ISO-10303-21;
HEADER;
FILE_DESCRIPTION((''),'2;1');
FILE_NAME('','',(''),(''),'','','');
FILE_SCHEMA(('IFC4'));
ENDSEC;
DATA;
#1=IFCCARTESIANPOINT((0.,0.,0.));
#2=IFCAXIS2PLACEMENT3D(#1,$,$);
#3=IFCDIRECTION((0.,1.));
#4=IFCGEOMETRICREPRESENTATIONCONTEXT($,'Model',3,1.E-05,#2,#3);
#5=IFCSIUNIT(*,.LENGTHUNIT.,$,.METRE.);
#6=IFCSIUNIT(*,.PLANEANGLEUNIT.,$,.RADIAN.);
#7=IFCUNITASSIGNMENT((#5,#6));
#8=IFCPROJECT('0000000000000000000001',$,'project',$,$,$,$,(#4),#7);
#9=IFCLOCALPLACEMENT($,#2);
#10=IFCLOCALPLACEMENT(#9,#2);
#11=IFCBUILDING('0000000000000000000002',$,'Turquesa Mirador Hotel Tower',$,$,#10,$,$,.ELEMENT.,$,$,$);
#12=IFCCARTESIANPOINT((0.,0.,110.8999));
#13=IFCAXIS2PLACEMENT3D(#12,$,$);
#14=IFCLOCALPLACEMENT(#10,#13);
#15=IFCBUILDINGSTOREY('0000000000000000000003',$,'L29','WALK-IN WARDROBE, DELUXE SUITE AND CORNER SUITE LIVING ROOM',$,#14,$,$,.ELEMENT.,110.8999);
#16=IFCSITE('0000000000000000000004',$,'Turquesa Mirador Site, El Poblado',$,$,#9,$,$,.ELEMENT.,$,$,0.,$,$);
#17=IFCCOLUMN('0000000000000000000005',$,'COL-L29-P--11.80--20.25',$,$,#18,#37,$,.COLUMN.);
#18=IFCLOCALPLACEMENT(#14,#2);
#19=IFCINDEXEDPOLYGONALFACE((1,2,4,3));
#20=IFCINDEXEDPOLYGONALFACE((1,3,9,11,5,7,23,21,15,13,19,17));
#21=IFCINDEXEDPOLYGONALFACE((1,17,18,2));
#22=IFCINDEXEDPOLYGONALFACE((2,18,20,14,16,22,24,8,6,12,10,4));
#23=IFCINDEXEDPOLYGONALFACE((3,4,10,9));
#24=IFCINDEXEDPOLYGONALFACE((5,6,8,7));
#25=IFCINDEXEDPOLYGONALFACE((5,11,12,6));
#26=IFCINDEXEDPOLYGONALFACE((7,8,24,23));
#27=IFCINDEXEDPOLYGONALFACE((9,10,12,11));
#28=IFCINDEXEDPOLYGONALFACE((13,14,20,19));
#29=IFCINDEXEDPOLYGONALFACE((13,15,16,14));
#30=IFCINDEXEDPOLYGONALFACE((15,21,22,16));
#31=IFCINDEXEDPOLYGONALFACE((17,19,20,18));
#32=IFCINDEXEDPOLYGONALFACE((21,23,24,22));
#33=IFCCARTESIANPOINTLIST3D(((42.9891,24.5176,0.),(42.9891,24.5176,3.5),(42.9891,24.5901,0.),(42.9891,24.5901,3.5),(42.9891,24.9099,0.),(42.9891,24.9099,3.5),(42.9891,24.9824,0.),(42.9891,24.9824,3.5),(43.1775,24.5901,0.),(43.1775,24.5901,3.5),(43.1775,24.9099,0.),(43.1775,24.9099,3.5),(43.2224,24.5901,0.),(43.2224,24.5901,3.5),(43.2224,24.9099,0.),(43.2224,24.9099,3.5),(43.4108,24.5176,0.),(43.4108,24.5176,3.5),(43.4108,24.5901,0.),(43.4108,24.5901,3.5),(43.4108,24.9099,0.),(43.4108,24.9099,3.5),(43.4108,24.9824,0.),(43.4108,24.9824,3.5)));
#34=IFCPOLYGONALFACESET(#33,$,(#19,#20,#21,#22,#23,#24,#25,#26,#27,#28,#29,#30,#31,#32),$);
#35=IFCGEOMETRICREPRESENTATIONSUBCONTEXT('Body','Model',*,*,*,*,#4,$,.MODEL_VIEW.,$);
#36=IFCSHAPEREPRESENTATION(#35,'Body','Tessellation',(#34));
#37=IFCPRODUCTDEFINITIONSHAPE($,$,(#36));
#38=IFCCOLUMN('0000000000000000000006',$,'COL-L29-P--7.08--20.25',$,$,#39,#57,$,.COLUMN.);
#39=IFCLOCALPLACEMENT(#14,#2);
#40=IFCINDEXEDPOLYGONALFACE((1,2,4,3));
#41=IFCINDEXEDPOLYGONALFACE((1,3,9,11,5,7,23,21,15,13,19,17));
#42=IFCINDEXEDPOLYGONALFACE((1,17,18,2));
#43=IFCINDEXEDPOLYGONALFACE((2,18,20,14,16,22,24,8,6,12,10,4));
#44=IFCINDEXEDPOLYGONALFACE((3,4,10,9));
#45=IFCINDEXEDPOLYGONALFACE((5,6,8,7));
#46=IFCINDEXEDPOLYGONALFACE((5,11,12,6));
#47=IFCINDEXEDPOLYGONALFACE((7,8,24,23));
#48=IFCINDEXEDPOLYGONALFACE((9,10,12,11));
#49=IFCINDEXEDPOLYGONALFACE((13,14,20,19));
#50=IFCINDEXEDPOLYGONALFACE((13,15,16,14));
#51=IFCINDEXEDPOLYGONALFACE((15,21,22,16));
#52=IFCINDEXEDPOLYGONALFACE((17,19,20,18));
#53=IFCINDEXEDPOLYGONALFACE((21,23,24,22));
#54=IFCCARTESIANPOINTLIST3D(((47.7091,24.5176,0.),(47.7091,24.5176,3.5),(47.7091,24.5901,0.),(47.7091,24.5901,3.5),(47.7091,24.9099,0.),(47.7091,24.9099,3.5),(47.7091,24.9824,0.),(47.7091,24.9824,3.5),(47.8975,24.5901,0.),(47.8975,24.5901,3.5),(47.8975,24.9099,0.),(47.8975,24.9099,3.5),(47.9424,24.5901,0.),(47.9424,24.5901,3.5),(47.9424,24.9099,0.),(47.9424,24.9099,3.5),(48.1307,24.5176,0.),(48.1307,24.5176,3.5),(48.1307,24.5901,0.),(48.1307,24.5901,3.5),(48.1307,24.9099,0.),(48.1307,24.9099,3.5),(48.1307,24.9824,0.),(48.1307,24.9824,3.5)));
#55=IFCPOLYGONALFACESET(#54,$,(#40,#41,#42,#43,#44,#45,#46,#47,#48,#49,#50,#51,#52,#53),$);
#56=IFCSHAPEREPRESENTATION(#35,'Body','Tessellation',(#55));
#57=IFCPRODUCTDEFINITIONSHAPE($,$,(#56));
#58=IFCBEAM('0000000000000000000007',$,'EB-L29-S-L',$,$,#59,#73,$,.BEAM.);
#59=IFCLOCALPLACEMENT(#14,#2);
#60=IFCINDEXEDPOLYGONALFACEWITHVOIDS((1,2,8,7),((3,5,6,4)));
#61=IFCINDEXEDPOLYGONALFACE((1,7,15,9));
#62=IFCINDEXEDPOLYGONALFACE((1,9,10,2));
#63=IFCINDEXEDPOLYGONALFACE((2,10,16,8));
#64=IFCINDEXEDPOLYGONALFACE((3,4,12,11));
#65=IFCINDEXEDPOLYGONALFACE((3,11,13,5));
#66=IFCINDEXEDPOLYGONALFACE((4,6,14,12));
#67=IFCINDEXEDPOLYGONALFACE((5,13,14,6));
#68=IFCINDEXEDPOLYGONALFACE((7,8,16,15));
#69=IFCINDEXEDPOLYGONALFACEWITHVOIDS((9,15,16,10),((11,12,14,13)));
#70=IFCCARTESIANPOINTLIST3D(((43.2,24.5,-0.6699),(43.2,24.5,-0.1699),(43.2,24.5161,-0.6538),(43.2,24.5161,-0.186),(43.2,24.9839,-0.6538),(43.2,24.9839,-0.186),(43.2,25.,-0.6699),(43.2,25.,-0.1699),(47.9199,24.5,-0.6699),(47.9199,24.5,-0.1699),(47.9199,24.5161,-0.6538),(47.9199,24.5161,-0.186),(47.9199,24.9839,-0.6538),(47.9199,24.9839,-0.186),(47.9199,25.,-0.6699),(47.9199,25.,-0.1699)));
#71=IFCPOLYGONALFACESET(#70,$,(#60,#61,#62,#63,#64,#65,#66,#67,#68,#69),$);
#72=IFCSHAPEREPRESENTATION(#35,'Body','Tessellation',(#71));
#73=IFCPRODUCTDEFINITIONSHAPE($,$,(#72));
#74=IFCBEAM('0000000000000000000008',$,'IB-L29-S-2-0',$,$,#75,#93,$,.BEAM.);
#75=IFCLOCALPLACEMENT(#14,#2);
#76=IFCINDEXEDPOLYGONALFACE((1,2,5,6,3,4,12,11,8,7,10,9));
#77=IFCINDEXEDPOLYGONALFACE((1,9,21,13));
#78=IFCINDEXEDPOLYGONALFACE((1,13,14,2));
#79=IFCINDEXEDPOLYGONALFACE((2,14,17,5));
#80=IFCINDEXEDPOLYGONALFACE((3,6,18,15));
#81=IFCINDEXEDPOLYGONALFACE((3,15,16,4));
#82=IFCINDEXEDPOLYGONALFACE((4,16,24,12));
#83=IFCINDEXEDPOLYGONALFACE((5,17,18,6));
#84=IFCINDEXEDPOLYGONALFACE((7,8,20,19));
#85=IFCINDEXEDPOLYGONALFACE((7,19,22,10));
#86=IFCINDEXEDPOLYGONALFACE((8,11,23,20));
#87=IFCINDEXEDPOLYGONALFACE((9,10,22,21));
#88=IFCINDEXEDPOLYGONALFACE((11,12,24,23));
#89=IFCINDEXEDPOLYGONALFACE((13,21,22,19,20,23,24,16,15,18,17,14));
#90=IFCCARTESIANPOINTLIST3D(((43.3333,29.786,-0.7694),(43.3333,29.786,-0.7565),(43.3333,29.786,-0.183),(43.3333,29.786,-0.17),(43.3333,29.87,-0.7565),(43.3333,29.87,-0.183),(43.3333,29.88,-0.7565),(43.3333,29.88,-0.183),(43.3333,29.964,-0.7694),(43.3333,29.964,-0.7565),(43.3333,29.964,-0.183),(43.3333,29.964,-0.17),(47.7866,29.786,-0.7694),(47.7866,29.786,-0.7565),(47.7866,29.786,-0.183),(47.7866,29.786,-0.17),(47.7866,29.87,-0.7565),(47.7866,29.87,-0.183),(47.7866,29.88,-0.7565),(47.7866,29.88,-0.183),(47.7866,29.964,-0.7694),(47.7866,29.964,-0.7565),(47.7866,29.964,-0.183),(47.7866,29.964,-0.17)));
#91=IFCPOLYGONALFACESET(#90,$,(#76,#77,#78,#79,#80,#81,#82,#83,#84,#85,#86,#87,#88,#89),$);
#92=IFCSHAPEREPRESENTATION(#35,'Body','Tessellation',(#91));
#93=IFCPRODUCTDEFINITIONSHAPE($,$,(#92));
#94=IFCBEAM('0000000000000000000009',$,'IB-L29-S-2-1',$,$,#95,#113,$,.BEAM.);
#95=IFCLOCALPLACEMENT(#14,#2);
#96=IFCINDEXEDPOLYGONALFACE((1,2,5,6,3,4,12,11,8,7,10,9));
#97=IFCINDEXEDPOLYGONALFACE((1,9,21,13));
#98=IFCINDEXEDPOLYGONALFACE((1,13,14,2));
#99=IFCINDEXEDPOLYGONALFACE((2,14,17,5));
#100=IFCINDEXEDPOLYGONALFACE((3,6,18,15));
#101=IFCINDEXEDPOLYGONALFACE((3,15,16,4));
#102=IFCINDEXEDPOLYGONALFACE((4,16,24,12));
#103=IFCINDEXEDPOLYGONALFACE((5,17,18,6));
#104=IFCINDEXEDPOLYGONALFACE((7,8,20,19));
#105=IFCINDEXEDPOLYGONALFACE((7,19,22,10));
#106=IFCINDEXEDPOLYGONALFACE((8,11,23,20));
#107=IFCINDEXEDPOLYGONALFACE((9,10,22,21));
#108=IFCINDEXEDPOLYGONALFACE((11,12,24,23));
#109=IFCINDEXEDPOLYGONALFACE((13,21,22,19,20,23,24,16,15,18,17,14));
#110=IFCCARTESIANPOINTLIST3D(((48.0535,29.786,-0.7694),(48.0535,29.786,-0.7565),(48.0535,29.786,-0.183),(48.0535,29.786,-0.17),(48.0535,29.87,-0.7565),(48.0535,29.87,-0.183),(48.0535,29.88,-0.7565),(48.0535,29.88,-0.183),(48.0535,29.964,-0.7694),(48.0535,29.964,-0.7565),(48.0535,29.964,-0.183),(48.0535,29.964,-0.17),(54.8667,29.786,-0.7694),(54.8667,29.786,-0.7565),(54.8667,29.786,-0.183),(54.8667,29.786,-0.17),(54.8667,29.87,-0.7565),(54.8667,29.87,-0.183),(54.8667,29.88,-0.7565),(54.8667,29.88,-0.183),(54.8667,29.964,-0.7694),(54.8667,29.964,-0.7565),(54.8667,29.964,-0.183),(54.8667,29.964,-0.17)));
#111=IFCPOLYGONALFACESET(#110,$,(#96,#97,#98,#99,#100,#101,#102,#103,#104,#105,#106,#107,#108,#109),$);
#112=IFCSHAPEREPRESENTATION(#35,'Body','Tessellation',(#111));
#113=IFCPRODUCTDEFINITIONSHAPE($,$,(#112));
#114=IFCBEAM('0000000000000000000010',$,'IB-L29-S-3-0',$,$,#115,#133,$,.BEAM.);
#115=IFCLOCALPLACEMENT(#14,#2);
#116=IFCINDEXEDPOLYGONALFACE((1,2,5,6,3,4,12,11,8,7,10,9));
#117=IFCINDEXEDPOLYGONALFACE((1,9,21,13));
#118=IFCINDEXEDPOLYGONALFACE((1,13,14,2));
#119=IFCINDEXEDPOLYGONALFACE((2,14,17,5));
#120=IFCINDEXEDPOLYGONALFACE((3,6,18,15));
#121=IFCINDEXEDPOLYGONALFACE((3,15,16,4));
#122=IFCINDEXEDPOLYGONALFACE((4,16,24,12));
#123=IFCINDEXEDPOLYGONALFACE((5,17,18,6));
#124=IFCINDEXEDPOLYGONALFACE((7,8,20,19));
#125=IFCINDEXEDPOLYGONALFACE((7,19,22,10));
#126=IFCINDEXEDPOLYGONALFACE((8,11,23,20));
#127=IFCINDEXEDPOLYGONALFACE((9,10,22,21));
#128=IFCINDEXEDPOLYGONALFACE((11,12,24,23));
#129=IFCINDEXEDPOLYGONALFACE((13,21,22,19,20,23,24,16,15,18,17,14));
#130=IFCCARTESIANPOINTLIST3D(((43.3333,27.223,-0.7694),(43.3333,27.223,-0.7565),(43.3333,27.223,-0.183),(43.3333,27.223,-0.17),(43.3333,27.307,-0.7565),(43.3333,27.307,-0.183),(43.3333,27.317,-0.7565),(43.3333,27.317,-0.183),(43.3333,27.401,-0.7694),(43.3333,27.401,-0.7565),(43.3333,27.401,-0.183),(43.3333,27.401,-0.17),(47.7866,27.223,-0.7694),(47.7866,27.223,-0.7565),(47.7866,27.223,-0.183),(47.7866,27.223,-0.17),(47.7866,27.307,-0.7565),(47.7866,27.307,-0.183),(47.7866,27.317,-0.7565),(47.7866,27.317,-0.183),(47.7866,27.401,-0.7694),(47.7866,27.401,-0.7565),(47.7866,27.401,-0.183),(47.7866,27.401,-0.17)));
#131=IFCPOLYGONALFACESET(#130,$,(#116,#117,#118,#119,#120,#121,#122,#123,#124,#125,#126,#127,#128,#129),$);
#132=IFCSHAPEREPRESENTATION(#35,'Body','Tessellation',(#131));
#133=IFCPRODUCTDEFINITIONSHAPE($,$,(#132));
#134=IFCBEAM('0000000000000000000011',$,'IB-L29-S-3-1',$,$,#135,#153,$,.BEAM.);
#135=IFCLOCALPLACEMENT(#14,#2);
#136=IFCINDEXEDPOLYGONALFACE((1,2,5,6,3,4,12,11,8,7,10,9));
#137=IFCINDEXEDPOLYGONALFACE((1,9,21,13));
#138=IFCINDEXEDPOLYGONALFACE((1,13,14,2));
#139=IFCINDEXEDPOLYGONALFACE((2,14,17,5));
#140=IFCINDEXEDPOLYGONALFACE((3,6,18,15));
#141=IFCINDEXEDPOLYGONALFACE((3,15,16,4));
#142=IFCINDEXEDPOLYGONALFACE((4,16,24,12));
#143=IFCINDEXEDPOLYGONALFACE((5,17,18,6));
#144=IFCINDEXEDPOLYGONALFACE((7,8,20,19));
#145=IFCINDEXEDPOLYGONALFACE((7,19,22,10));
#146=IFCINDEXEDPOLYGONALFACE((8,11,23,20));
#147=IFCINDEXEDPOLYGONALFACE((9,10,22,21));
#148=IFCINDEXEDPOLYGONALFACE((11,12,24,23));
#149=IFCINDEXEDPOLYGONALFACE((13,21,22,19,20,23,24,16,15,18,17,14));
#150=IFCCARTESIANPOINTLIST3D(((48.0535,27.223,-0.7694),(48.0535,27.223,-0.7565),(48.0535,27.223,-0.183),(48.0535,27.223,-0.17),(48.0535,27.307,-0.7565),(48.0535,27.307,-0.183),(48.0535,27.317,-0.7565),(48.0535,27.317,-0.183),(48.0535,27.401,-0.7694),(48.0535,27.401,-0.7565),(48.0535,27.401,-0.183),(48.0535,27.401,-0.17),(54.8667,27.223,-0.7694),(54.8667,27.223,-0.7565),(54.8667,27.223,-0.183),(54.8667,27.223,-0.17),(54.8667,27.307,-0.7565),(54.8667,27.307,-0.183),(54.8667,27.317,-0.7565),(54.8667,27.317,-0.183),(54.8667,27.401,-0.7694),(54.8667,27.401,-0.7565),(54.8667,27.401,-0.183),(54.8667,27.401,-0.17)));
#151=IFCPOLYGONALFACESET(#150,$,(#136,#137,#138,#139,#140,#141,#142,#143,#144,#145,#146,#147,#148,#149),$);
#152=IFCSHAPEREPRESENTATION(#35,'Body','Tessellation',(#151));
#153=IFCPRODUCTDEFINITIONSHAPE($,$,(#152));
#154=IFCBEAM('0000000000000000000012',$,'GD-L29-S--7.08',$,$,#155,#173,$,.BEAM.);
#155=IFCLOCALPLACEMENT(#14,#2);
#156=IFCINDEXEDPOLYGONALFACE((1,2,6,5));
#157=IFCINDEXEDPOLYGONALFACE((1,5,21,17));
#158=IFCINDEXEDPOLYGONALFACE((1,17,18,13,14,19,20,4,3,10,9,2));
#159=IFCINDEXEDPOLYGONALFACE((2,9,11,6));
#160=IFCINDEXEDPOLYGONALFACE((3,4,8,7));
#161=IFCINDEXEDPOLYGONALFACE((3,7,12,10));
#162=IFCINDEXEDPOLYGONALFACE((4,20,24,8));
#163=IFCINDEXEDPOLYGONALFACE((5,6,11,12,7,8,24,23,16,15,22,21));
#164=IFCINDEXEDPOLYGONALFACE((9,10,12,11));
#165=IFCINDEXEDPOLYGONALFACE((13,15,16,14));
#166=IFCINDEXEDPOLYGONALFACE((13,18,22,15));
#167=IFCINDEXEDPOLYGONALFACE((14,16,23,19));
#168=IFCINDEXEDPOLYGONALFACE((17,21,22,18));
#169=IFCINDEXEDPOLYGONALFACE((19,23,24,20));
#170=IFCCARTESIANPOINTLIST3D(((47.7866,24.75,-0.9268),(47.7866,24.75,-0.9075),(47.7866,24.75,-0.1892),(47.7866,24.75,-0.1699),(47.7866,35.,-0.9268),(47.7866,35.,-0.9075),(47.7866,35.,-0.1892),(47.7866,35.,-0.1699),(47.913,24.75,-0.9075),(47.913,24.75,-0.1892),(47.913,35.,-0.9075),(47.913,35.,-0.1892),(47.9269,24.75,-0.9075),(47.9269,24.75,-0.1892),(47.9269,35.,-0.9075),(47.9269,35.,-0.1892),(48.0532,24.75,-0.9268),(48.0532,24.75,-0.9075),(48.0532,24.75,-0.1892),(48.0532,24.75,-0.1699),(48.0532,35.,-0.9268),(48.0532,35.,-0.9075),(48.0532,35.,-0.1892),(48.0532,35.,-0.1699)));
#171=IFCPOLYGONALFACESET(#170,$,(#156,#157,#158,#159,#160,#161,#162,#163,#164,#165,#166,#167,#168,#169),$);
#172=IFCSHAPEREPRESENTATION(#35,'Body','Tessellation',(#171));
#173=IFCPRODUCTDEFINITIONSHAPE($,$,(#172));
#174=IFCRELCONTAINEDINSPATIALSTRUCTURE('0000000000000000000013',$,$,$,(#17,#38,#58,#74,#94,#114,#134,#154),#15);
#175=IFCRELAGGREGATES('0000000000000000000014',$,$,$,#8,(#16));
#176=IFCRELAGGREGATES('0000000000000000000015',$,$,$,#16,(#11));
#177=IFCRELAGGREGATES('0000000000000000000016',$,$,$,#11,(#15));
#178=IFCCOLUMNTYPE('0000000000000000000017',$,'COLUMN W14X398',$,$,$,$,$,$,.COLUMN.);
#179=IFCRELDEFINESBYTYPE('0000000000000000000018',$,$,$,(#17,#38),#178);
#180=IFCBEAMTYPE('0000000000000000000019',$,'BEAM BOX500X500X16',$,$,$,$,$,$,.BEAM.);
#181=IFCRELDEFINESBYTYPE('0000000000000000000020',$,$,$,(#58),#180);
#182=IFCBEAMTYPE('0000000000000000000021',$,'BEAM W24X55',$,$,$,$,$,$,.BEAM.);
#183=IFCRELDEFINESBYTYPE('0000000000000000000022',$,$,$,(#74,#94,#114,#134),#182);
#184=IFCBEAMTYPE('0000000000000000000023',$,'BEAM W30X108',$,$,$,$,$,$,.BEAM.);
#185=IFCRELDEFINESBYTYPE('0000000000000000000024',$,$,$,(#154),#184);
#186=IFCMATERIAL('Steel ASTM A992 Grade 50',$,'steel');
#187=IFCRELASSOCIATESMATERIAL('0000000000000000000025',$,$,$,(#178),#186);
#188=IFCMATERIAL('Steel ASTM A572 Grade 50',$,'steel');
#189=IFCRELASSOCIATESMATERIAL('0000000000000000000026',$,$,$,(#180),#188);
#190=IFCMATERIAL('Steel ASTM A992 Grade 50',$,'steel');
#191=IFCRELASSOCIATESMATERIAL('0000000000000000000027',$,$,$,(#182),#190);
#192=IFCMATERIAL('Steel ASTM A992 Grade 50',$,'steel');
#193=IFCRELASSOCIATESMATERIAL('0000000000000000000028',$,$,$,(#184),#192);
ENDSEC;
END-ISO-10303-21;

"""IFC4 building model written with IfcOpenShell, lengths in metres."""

from ifc_helpers import new_model, si_unit, direction, frame, origin, origin_2d, place, context, subcontext, project, spatial, hollow_rectangle, i_section, extrude, material, material_profile, profile_set, type_object, element, save


model = new_model("IFC4")

# Units and contexts
model_context = context("Model", 3, precision=1e-05, world=origin(), true_north=direction((0.0, 1.0)))
body_context = subcontext(model_context, "Body", "Model", "MODEL_VIEW")
ifc_project = project(units=[si_unit("LENGTHUNIT", "METRE"), si_unit("PLANEANGLEUNIT", "RADIAN")], contexts=[model_context])

# Site, building, storey
site_placement = place(None, origin())
site = spatial("IfcSite", under=ifc_project, at=site_placement, Name="Turquesa Mirador Site, El Poblado", CompositionType="ELEMENT", RefElevation=0.0)
building_placement = place(site_placement, origin())
building = spatial("IfcBuilding", under=site, at=building_placement, Name="Turquesa Mirador Hotel Tower", CompositionType="ELEMENT")
storey_placement = place(building_placement, frame((0.0, 0.0, 110.8999)))
storey = spatial("IfcBuildingStorey", under=building, at=storey_placement, Name="L29", Description="WALK-IN WARDROBE, DELUXE SUITE AND CORNER SUITE LIVING ROOM", CompositionType="ELEMENT", Elevation=110.8999)

# Columns
ifc_material_1 = material(Name="Steel ASTM A992 Grade 50", Category="steel")
ifc_material_profile_1 = material_profile(ifc_material_1, i_section(OverallWidth=0.4216, OverallDepth=0.4648, WebThickness=0.0449, FlangeThickness=0.0725, at=origin_2d()), Name="W14X398")
ifc_profile_set_1 = profile_set([ifc_material_profile_1], Name="Steel ASTM A992 Grade 50")
column_type = type_object("IfcColumnType", Name="COLUMN W14X398", PredefinedType="COLUMN", material=ifc_profile_set_1)
for number, where, z_axis, x_axis, name in (
    (1, (43.2, 24.75, 0.0), (0.0, 0.0, 1.0), (1.0, 0.0, 0.0), "COL-L29-P--11.80--20.25"),
    (2, (47.9199, 24.75, 0.0), (0.0, 0.0, 1.0), (1.0, 0.0, 0.0), "COL-L29-P--7.08--20.25"),
):
    element("IfcColumn", number, at=place(storey_placement, frame(where, z_axis=z_axis, x_axis=x_axis)), inside=storey, type_object=column_type, Name=name, PredefinedType="COLUMN", context=body_context, shape_type="SweptSolid", body=[
        extrude(i_section(OverallWidth=0.4216, OverallDepth=0.4648, WebThickness=0.0449, FlangeThickness=0.0725, at=origin_2d()), origin(), (0.0, 0.0, 1.0), 3.5),
    ])

# Beams
ifc_material_2 = material(Name="Steel ASTM A572 Grade 50", Category="steel")
ifc_material_profile_2 = material_profile(ifc_material_2, hollow_rectangle(XDim=0.5, YDim=0.5, WallThickness=0.0161, at=origin_2d()), Name="BOX500X500X16")
ifc_profile_set_2 = profile_set([ifc_material_profile_2], Name="Steel ASTM A572 Grade 50")
beam_type_1 = type_object("IfcBeamType", Name="BEAM BOX500X500X16", PredefinedType="BEAM", material=ifc_profile_set_2)
beam_1_placement = place(storey_placement, frame((43.2, 24.75, -0.4199), z_axis=(1.0, 0.0, 0.0), x_axis=(0.0, 1.0, 0.0)))
element("IfcBeam", 3, at=beam_1_placement, inside=storey, type_object=beam_type_1, Name="EB-L29-S-L", PredefinedType="BEAM", context=body_context, shape_type="SweptSolid", body=[
    extrude(hollow_rectangle(XDim=0.5, YDim=0.5, WallThickness=0.0161, at=origin_2d()), origin(), (0.0, 0.0, 1.0), 4.72),
])
ifc_material_3 = material(Name="Steel ASTM A992 Grade 50", Category="steel")
ifc_material_profile_3 = material_profile(ifc_material_3, i_section(OverallWidth=0.178, OverallDepth=0.5994, WebThickness=0.01, FlangeThickness=0.0129, at=origin_2d()), Name="W24X55")
ifc_profile_set_3 = profile_set([ifc_material_profile_3], Name="Steel ASTM A992 Grade 50")
beam_type_2 = type_object("IfcBeamType", Name="BEAM W24X55", PredefinedType="BEAM", material=ifc_profile_set_3)
beam_2_placement = place(storey_placement, frame((43.3333, 29.875, -0.4697), z_axis=(1.0, 0.0, 0.0), x_axis=(0.0, 1.0, 0.0)))
element("IfcBeam", 4, at=beam_2_placement, inside=storey, type_object=beam_type_2, Name="IB-L29-S-2-0", PredefinedType="BEAM", context=body_context, shape_type="SweptSolid", body=[
    extrude(i_section(OverallWidth=0.178, OverallDepth=0.5994, WebThickness=0.01, FlangeThickness=0.0129, at=origin_2d()), origin(), (0.0, 0.0, 1.0), 4.4534),
])
beam_3_placement = place(storey_placement, frame((48.0535, 29.875, -0.4697), z_axis=(1.0, 0.0, 0.0), x_axis=(0.0, 1.0, 0.0)))
element("IfcBeam", 5, at=beam_3_placement, inside=storey, type_object=beam_type_2, Name="IB-L29-S-2-1", PredefinedType="BEAM", context=body_context, shape_type="SweptSolid", body=[
    extrude(i_section(OverallWidth=0.178, OverallDepth=0.5994, WebThickness=0.01, FlangeThickness=0.0129, at=origin_2d()), origin(), (0.0, 0.0, 1.0), 6.8132),
])
beam_4_placement = place(storey_placement, frame((43.3333, 27.312, -0.4697), z_axis=(1.0, 0.0, 0.0), x_axis=(0.0, 1.0, 0.0)))
element("IfcBeam", 6, at=beam_4_placement, inside=storey, type_object=beam_type_2, Name="IB-L29-S-3-0", PredefinedType="BEAM", context=body_context, shape_type="SweptSolid", body=[
    extrude(i_section(OverallWidth=0.178, OverallDepth=0.5994, WebThickness=0.01, FlangeThickness=0.0129, at=origin_2d()), origin(), (0.0, 0.0, 1.0), 4.4534),
])
beam_5_placement = place(storey_placement, frame((48.0535, 27.312, -0.4697), z_axis=(1.0, 0.0, 0.0), x_axis=(0.0, 1.0, 0.0)))
element("IfcBeam", 7, at=beam_5_placement, inside=storey, type_object=beam_type_2, Name="IB-L29-S-3-1", PredefinedType="BEAM", context=body_context, shape_type="SweptSolid", body=[
    extrude(i_section(OverallWidth=0.178, OverallDepth=0.5994, WebThickness=0.01, FlangeThickness=0.0129, at=origin_2d()), origin(), (0.0, 0.0, 1.0), 6.8132),
])
ifc_material_4 = material(Name="Steel ASTM A992 Grade 50", Category="steel")
ifc_material_profile_4 = material_profile(ifc_material_4, i_section(OverallWidth=0.2666, OverallDepth=0.7568, WebThickness=0.0139, FlangeThickness=0.0193, at=origin_2d()), Name="W30X108")
ifc_profile_set_4 = profile_set([ifc_material_profile_4], Name="Steel ASTM A992 Grade 50")
beam_type_3 = type_object("IfcBeamType", Name="BEAM W30X108", PredefinedType="BEAM", material=ifc_profile_set_4)
beam_6_placement = place(storey_placement, frame((47.9199, 24.75, -0.5483), z_axis=(0.0, 1.0, 0.0), x_axis=(-1.0, 0.0, 0.0)))
element("IfcBeam", 8, at=beam_6_placement, inside=storey, type_object=beam_type_3, Name="GD-L29-S--7.08", PredefinedType="BEAM", context=body_context, shape_type="SweptSolid", body=[
    extrude(i_section(OverallWidth=0.2666, OverallDepth=0.7568, WebThickness=0.0139, FlangeThickness=0.0193, at=origin_2d()), origin(), (0.0, 0.0, 1.0), 10.25),
])

save(model, "model.ifc")
